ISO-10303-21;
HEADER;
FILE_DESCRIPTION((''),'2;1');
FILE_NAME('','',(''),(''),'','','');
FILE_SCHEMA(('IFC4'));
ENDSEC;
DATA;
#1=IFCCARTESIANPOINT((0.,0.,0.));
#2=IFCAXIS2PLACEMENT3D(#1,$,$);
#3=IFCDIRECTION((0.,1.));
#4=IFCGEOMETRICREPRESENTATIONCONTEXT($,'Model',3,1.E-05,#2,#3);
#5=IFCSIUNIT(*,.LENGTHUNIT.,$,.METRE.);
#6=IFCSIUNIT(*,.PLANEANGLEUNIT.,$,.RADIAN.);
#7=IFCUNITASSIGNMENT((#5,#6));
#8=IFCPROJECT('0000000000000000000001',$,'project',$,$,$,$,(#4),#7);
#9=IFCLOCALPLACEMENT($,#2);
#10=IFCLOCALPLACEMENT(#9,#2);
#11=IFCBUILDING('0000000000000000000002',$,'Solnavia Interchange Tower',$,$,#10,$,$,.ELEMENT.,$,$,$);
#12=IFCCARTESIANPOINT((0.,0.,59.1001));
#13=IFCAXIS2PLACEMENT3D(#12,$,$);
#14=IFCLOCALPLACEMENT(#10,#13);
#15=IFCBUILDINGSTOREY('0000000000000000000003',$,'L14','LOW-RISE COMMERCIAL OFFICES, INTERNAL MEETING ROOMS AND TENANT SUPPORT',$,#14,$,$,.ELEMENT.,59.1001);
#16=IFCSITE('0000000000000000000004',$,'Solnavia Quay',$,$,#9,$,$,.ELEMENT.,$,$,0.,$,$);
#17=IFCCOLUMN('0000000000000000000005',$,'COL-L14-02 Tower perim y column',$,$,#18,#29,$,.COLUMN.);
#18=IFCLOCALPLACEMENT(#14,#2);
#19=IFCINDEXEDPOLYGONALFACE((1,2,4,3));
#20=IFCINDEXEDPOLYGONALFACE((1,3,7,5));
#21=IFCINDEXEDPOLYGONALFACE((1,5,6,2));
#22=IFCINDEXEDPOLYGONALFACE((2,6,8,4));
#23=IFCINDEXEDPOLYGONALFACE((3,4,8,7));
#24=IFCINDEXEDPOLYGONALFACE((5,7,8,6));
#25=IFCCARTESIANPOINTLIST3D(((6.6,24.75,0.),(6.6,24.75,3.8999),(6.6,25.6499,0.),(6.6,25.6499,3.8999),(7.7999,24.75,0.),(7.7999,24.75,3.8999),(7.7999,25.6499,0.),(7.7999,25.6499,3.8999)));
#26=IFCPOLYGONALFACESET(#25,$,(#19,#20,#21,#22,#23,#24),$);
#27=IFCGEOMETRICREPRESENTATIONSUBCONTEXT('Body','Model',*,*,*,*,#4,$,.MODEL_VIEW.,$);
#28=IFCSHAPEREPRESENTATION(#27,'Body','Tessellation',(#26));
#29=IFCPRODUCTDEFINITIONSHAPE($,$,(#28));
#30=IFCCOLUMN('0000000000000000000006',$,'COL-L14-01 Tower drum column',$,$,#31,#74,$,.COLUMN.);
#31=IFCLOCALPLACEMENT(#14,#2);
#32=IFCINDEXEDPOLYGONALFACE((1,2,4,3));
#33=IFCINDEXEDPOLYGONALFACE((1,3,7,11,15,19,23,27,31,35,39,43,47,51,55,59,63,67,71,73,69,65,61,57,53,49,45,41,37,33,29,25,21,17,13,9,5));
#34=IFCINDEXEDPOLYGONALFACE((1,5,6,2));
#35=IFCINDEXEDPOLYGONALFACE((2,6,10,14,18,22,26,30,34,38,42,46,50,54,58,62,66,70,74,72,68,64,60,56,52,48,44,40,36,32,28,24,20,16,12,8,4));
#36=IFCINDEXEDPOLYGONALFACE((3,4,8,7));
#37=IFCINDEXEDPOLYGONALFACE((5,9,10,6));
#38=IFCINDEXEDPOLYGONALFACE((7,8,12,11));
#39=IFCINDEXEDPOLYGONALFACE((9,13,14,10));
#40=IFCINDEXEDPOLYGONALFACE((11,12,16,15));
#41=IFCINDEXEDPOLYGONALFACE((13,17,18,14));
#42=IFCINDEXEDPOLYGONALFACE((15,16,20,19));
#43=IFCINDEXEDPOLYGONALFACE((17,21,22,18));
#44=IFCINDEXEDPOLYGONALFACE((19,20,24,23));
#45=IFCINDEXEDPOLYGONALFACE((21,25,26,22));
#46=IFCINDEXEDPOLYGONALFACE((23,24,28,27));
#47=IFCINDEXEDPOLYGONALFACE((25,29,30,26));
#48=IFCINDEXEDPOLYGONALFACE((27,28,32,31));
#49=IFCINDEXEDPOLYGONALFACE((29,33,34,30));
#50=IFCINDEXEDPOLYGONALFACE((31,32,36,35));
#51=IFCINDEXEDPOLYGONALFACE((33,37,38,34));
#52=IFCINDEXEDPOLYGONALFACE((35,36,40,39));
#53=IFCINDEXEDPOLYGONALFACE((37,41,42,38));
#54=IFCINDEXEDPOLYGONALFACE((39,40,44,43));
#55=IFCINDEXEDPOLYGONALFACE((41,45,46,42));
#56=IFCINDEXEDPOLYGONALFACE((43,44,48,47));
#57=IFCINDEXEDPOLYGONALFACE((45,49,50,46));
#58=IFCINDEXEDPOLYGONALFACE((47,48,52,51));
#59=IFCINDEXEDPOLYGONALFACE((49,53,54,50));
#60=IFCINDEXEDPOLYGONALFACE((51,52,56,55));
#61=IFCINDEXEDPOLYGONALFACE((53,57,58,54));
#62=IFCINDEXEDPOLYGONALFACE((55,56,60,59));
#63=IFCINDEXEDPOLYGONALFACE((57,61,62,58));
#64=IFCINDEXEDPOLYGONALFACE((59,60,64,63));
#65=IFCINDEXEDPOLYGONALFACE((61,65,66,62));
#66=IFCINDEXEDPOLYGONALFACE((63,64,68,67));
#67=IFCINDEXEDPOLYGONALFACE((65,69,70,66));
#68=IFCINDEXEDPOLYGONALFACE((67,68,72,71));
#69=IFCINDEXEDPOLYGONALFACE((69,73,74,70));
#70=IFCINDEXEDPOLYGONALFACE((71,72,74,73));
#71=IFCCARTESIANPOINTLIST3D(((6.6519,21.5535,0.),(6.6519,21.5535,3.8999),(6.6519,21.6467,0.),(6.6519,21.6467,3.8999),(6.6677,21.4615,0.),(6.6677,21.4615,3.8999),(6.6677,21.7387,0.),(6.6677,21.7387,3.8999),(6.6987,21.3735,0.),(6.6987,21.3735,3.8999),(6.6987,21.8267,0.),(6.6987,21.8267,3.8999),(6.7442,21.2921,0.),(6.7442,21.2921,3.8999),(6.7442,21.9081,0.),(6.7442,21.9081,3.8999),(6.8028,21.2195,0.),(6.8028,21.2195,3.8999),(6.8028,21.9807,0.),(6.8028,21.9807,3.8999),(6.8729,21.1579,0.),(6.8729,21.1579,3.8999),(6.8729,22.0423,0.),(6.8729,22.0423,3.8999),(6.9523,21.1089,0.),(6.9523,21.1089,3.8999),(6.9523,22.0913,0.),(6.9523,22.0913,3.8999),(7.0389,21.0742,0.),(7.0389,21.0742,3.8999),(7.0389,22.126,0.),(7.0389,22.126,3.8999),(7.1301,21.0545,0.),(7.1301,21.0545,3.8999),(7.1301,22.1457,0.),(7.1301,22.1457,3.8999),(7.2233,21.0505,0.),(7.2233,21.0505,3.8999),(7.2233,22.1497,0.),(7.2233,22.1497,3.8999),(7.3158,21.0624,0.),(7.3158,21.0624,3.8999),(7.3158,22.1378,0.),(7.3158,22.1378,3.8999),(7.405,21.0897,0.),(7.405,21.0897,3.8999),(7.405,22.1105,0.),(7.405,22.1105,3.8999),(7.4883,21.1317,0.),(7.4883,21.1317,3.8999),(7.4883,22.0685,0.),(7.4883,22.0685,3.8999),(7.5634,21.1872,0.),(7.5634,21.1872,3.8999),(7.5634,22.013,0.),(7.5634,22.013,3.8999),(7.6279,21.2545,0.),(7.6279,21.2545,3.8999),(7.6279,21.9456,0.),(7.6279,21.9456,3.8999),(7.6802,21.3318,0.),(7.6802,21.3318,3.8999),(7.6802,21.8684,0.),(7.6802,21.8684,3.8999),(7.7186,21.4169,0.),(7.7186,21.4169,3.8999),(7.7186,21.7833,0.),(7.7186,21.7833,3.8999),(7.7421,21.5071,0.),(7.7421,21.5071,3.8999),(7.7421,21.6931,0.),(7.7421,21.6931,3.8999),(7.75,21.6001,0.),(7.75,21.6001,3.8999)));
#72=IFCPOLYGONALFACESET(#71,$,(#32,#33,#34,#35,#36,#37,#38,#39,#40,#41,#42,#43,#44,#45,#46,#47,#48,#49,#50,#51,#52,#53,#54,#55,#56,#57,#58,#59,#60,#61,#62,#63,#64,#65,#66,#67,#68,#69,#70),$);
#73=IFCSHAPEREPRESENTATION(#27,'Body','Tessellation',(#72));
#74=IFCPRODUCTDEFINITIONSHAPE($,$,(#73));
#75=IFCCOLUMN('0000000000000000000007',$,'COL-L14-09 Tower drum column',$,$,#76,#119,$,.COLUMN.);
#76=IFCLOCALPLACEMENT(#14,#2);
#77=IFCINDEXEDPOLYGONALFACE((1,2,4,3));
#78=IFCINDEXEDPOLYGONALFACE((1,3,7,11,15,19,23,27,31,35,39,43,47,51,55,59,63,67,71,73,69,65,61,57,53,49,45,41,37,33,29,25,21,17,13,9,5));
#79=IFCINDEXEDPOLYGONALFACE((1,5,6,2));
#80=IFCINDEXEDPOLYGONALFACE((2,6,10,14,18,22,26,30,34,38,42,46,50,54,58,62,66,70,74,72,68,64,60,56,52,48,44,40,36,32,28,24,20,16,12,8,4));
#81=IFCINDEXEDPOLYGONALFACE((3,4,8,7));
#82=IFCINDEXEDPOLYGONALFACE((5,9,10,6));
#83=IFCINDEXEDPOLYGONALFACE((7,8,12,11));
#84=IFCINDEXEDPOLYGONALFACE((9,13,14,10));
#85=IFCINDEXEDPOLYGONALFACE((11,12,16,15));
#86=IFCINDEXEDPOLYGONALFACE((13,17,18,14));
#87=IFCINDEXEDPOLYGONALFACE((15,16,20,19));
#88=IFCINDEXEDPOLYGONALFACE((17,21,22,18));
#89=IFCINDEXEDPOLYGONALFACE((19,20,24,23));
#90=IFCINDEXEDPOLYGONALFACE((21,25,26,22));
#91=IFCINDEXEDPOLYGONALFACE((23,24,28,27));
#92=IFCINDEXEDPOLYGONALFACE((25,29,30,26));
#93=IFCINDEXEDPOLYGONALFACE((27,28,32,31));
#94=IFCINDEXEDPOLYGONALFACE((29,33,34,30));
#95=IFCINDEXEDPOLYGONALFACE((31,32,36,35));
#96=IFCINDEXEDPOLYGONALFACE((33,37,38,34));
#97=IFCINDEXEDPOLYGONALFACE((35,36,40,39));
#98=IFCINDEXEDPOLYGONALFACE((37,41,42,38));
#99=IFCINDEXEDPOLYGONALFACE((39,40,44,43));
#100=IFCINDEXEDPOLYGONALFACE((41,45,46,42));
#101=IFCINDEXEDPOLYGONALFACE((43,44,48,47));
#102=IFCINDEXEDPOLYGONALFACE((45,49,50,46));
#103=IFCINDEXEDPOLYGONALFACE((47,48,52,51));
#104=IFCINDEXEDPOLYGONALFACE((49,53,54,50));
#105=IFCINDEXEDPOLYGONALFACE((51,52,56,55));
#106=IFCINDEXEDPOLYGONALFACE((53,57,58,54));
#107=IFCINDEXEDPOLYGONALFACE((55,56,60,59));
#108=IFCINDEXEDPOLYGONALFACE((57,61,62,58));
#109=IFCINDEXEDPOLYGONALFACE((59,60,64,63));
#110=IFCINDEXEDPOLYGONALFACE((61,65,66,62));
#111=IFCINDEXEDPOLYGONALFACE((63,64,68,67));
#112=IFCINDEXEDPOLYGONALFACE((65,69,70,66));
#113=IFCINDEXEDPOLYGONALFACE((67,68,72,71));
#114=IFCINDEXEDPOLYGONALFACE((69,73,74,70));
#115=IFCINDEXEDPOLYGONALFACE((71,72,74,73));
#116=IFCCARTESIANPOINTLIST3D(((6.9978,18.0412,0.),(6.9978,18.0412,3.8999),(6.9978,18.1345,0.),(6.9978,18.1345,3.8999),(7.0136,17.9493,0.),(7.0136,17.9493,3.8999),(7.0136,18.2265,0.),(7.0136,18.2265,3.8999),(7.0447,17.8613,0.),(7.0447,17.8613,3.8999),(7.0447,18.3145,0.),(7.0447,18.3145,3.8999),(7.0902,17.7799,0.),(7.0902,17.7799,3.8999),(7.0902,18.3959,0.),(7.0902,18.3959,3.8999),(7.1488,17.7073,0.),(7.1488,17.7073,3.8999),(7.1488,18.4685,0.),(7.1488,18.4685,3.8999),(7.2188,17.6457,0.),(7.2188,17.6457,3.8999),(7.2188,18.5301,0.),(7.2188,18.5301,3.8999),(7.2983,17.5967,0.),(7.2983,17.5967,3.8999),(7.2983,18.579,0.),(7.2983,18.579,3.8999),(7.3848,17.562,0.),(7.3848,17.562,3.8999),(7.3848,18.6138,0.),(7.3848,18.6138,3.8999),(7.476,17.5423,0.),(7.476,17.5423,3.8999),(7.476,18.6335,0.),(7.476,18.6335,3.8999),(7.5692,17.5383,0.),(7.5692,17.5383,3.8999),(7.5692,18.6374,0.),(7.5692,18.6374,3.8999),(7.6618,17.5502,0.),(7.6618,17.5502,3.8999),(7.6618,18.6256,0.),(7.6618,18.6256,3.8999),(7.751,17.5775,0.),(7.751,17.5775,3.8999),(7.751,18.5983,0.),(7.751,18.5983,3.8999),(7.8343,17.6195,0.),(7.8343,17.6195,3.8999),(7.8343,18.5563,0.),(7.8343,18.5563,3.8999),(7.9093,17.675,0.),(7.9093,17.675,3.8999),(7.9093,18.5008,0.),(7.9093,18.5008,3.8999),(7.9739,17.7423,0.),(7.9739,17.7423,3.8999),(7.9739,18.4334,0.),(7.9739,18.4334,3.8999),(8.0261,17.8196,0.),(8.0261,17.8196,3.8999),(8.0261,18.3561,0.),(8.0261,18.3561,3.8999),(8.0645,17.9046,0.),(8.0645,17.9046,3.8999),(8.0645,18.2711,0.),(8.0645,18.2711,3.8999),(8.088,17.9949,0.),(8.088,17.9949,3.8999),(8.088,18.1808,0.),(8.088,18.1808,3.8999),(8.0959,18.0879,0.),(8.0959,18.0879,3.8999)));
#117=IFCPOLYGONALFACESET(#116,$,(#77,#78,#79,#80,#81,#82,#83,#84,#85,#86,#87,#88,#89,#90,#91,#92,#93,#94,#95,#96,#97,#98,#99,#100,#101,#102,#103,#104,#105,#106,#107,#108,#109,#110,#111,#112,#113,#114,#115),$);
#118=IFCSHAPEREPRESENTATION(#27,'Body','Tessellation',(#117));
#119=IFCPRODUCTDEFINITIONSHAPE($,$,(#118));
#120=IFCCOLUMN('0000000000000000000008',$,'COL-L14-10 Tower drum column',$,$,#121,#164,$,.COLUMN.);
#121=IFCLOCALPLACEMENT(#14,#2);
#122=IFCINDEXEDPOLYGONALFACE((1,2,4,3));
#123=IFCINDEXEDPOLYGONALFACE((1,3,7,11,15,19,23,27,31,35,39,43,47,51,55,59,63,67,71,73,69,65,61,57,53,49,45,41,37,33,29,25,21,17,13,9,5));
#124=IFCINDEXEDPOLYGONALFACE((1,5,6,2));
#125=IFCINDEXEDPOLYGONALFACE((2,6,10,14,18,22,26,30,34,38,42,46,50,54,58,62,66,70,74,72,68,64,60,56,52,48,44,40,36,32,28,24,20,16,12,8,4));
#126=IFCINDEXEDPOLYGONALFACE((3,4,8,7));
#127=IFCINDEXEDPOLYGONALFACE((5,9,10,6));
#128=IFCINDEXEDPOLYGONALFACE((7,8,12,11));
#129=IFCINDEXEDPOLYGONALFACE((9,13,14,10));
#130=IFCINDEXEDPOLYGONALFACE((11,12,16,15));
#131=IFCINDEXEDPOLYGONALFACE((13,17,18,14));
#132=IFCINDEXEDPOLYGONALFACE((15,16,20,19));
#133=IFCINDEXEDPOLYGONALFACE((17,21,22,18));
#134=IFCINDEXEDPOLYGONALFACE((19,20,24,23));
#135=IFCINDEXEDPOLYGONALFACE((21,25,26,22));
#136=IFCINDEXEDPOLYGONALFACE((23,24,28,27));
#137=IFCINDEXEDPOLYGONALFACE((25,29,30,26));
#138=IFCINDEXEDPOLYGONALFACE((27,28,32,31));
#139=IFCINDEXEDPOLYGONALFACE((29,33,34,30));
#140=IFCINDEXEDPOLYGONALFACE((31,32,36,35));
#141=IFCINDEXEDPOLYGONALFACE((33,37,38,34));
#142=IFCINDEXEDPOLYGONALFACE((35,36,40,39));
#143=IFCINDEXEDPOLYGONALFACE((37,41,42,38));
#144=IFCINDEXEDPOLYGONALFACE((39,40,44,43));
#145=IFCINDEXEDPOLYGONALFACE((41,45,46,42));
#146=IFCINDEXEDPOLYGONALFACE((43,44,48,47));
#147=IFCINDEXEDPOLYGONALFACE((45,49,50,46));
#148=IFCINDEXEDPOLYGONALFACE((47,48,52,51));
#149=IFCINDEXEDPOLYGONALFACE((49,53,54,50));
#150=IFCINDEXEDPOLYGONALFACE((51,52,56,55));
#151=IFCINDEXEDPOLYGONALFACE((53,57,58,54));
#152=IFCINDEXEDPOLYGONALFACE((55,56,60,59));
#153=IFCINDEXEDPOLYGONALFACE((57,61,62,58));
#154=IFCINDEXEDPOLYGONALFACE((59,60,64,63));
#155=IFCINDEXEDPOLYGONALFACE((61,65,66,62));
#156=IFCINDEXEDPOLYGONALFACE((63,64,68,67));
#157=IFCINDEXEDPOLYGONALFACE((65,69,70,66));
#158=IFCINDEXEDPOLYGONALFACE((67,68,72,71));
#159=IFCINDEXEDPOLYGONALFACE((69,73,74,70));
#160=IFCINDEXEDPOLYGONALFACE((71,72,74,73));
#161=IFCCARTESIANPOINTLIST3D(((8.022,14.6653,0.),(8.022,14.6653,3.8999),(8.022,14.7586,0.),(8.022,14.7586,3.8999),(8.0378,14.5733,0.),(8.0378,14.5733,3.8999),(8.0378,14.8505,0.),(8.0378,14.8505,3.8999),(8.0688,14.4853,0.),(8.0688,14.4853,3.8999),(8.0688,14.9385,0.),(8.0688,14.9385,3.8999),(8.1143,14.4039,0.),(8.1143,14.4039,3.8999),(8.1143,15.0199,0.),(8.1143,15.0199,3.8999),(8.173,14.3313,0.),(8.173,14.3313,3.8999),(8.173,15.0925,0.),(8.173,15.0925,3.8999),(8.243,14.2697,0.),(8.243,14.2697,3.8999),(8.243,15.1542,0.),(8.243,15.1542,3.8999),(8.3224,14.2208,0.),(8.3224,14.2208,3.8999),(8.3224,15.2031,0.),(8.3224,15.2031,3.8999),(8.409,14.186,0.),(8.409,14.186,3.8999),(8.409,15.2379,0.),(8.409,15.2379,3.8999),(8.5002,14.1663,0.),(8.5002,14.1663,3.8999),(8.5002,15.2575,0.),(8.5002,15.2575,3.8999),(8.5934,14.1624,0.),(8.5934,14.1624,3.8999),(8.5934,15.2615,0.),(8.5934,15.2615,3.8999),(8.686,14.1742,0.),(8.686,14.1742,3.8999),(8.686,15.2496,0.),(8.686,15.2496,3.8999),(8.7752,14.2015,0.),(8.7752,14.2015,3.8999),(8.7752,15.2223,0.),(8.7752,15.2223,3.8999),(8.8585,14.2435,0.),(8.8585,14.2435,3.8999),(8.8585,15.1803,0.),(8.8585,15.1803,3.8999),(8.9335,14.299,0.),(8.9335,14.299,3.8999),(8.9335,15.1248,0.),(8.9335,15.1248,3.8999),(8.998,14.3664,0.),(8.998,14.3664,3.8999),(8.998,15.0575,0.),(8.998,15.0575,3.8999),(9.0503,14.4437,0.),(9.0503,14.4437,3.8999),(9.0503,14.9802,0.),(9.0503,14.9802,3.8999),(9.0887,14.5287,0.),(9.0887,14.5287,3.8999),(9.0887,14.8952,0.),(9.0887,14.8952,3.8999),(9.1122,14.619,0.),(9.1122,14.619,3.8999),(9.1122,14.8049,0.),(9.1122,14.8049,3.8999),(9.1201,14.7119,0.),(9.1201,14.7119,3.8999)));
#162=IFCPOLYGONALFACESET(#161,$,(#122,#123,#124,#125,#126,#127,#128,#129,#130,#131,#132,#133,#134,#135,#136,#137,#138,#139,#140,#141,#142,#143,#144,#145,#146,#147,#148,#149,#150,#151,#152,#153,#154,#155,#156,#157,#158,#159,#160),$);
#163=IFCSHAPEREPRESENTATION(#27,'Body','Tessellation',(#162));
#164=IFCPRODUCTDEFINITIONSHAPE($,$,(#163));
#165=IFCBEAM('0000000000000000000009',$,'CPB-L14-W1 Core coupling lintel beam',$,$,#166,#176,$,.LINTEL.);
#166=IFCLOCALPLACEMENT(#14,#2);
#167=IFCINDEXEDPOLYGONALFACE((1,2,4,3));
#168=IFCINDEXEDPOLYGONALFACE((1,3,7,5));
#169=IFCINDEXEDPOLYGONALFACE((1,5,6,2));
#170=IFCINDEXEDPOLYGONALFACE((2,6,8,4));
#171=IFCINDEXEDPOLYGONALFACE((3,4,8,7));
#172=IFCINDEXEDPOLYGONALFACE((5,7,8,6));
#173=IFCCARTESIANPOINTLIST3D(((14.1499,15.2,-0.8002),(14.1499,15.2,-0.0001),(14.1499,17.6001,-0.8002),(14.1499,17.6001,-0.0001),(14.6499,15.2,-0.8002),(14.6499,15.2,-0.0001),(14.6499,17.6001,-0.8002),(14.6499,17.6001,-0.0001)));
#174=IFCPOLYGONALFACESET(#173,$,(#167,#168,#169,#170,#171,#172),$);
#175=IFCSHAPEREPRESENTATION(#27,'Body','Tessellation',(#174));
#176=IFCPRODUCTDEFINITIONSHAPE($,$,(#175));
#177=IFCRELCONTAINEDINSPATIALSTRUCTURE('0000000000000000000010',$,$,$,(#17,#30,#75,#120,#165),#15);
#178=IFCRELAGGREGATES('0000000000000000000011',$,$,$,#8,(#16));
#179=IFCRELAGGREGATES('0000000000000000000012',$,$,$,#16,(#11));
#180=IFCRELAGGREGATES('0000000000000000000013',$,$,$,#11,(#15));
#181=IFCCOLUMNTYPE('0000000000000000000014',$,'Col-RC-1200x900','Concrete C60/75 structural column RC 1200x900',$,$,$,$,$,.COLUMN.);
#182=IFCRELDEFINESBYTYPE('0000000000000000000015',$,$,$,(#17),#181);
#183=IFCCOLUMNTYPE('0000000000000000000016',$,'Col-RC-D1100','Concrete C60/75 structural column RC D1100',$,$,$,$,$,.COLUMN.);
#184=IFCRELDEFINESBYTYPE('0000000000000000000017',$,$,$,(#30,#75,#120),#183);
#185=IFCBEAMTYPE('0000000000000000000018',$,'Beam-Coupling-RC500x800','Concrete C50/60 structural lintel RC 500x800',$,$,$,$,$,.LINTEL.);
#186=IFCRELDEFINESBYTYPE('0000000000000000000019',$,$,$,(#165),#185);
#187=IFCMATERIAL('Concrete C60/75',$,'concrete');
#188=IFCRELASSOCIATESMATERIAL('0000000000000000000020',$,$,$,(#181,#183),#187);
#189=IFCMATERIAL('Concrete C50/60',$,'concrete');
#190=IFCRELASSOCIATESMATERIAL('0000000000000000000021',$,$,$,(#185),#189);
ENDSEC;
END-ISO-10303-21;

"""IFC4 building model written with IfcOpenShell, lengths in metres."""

from ifc_helpers import new_model, si_unit, direction, frame, origin, origin_2d, place, context, subcontext, project, spatial, rectangle, circle, extrude, material, material_profile, profile_set, type_object, element, save


model = new_model("IFC4")

# Units and contexts
model_context = context("Model", 3, precision=1e-05, world=origin(), true_north=direction((0.0, 1.0)))
body_context = subcontext(model_context, "Body", "Model", "MODEL_VIEW")
ifc_project = project(units=[si_unit("LENGTHUNIT", "METRE"), si_unit("PLANEANGLEUNIT", "RADIAN")], contexts=[model_context])

# Site, building, storey
site_placement = place(None, origin())
site = spatial("IfcSite", under=ifc_project, at=site_placement, Name="Solnavia Quay", CompositionType="ELEMENT", RefElevation=0.0)
building_placement = place(site_placement, origin())
building = spatial("IfcBuilding", under=site, at=building_placement, Name="Solnavia Interchange Tower", CompositionType="ELEMENT")
storey_placement = place(building_placement, frame((0.0, 0.0, 59.1001)))
storey = spatial("IfcBuildingStorey", under=building, at=storey_placement, Name="L14", Description="LOW-RISE COMMERCIAL OFFICES, INTERNAL MEETING ROOMS AND TENANT SUPPORT", CompositionType="ELEMENT", Elevation=59.1001)

# Columns
ifc_material_1 = material(Name="Concrete C60/75", Category="concrete")
ifc_material_profile_1 = material_profile(ifc_material_1, rectangle(XDim=0.8999, YDim=1.2, at=origin_2d()), Name="RC 1200x900")
ifc_profile_set_1 = profile_set([ifc_material_profile_1], Name="Concrete C60/75")
column_type_1 = type_object("IfcColumnType", Name="Col-RC-1200x900", Description="Concrete C60/75 structural column RC 1200x900", PredefinedType="COLUMN", material=ifc_profile_set_1)
column_placement = place(storey_placement, frame((7.2, 25.2, 0.0), z_axis=(0.0, 0.0, 1.0), x_axis=(0.0, 1.0, 0.0)))
element("IfcColumn", 1, at=column_placement, inside=storey, type_object=column_type_1, Name="COL-L14-02 Tower perim y column", PredefinedType="COLUMN", context=body_context, shape_type="SweptSolid", body=[
    extrude(rectangle(XDim=0.8999, YDim=1.2, at=origin_2d()), origin(), (0.0, 0.0, 1.0), 3.8999),
])
ifc_material_profile_2 = material_profile(ifc_material_1, circle(Radius=0.55, at=origin_2d()), Name="RC D1100")
ifc_profile_set_2 = profile_set([ifc_material_profile_2], Name="Concrete C60/75")
column_type_2 = type_object("IfcColumnType", Name="Col-RC-D1100", Description="Concrete C60/75 structural column RC D1100", PredefinedType="COLUMN", material=ifc_profile_set_2)
for number, where, z_axis, x_axis, name in (
    (2, (7.2, 21.6001, 0.0), (0.0, 0.0, 1.0), (1.0, 0.0, 0.0), "COL-L14-01 Tower drum column"),
    (3, (7.5459, 18.0879, 0.0), (0.0, 0.0, 1.0), (1.0, 0.0, 0.0), "COL-L14-09 Tower drum column"),
    (4, (8.5701, 14.7119, 0.0), (0.0, 0.0, 1.0), (1.0, 0.0, 0.0), "COL-L14-10 Tower drum column"),
):
    element("IfcColumn", number, at=place(storey_placement, frame(where, z_axis=z_axis, x_axis=x_axis)), inside=storey, type_object=column_type_2, Name=name, PredefinedType="COLUMN", context=body_context, shape_type="SweptSolid", body=[
        extrude(circle(Radius=0.55, at=origin_2d()), origin(), (0.0, 0.0, 1.0), 3.8999),
    ])

# Beam
ifc_material_2 = material(Name="Concrete C50/60", Category="concrete")
ifc_material_profile_3 = material_profile(ifc_material_2, rectangle(XDim=0.5, YDim=0.8, at=origin_2d()), Name="RC 500x800")
ifc_profile_set_3 = profile_set([ifc_material_profile_3], Name="Concrete C50/60")
beam_type_1 = type_object("IfcBeamType", Name="Beam-Coupling-RC500x800", Description="Concrete C50/60 structural lintel RC 500x800", PredefinedType="LINTEL", material=ifc_profile_set_3)
beam_1_placement = place(storey_placement, frame((14.3999, 15.2, -0.4001), z_axis=(0.0, 1.0, 0.0), x_axis=(-1.0, 0.0, 0.0)))
element("IfcBeam", 5, at=beam_1_placement, inside=storey, type_object=beam_type_1, Name="CPB-L14-W1 Core coupling lintel beam", PredefinedType="LINTEL", context=body_context, shape_type="SweptSolid", body=[
    extrude(rectangle(XDim=0.5, YDim=0.8, at=origin_2d()), origin(), (0.0, 0.0, 1.0), 2.4001),
])

save(model, "model.ifc")
